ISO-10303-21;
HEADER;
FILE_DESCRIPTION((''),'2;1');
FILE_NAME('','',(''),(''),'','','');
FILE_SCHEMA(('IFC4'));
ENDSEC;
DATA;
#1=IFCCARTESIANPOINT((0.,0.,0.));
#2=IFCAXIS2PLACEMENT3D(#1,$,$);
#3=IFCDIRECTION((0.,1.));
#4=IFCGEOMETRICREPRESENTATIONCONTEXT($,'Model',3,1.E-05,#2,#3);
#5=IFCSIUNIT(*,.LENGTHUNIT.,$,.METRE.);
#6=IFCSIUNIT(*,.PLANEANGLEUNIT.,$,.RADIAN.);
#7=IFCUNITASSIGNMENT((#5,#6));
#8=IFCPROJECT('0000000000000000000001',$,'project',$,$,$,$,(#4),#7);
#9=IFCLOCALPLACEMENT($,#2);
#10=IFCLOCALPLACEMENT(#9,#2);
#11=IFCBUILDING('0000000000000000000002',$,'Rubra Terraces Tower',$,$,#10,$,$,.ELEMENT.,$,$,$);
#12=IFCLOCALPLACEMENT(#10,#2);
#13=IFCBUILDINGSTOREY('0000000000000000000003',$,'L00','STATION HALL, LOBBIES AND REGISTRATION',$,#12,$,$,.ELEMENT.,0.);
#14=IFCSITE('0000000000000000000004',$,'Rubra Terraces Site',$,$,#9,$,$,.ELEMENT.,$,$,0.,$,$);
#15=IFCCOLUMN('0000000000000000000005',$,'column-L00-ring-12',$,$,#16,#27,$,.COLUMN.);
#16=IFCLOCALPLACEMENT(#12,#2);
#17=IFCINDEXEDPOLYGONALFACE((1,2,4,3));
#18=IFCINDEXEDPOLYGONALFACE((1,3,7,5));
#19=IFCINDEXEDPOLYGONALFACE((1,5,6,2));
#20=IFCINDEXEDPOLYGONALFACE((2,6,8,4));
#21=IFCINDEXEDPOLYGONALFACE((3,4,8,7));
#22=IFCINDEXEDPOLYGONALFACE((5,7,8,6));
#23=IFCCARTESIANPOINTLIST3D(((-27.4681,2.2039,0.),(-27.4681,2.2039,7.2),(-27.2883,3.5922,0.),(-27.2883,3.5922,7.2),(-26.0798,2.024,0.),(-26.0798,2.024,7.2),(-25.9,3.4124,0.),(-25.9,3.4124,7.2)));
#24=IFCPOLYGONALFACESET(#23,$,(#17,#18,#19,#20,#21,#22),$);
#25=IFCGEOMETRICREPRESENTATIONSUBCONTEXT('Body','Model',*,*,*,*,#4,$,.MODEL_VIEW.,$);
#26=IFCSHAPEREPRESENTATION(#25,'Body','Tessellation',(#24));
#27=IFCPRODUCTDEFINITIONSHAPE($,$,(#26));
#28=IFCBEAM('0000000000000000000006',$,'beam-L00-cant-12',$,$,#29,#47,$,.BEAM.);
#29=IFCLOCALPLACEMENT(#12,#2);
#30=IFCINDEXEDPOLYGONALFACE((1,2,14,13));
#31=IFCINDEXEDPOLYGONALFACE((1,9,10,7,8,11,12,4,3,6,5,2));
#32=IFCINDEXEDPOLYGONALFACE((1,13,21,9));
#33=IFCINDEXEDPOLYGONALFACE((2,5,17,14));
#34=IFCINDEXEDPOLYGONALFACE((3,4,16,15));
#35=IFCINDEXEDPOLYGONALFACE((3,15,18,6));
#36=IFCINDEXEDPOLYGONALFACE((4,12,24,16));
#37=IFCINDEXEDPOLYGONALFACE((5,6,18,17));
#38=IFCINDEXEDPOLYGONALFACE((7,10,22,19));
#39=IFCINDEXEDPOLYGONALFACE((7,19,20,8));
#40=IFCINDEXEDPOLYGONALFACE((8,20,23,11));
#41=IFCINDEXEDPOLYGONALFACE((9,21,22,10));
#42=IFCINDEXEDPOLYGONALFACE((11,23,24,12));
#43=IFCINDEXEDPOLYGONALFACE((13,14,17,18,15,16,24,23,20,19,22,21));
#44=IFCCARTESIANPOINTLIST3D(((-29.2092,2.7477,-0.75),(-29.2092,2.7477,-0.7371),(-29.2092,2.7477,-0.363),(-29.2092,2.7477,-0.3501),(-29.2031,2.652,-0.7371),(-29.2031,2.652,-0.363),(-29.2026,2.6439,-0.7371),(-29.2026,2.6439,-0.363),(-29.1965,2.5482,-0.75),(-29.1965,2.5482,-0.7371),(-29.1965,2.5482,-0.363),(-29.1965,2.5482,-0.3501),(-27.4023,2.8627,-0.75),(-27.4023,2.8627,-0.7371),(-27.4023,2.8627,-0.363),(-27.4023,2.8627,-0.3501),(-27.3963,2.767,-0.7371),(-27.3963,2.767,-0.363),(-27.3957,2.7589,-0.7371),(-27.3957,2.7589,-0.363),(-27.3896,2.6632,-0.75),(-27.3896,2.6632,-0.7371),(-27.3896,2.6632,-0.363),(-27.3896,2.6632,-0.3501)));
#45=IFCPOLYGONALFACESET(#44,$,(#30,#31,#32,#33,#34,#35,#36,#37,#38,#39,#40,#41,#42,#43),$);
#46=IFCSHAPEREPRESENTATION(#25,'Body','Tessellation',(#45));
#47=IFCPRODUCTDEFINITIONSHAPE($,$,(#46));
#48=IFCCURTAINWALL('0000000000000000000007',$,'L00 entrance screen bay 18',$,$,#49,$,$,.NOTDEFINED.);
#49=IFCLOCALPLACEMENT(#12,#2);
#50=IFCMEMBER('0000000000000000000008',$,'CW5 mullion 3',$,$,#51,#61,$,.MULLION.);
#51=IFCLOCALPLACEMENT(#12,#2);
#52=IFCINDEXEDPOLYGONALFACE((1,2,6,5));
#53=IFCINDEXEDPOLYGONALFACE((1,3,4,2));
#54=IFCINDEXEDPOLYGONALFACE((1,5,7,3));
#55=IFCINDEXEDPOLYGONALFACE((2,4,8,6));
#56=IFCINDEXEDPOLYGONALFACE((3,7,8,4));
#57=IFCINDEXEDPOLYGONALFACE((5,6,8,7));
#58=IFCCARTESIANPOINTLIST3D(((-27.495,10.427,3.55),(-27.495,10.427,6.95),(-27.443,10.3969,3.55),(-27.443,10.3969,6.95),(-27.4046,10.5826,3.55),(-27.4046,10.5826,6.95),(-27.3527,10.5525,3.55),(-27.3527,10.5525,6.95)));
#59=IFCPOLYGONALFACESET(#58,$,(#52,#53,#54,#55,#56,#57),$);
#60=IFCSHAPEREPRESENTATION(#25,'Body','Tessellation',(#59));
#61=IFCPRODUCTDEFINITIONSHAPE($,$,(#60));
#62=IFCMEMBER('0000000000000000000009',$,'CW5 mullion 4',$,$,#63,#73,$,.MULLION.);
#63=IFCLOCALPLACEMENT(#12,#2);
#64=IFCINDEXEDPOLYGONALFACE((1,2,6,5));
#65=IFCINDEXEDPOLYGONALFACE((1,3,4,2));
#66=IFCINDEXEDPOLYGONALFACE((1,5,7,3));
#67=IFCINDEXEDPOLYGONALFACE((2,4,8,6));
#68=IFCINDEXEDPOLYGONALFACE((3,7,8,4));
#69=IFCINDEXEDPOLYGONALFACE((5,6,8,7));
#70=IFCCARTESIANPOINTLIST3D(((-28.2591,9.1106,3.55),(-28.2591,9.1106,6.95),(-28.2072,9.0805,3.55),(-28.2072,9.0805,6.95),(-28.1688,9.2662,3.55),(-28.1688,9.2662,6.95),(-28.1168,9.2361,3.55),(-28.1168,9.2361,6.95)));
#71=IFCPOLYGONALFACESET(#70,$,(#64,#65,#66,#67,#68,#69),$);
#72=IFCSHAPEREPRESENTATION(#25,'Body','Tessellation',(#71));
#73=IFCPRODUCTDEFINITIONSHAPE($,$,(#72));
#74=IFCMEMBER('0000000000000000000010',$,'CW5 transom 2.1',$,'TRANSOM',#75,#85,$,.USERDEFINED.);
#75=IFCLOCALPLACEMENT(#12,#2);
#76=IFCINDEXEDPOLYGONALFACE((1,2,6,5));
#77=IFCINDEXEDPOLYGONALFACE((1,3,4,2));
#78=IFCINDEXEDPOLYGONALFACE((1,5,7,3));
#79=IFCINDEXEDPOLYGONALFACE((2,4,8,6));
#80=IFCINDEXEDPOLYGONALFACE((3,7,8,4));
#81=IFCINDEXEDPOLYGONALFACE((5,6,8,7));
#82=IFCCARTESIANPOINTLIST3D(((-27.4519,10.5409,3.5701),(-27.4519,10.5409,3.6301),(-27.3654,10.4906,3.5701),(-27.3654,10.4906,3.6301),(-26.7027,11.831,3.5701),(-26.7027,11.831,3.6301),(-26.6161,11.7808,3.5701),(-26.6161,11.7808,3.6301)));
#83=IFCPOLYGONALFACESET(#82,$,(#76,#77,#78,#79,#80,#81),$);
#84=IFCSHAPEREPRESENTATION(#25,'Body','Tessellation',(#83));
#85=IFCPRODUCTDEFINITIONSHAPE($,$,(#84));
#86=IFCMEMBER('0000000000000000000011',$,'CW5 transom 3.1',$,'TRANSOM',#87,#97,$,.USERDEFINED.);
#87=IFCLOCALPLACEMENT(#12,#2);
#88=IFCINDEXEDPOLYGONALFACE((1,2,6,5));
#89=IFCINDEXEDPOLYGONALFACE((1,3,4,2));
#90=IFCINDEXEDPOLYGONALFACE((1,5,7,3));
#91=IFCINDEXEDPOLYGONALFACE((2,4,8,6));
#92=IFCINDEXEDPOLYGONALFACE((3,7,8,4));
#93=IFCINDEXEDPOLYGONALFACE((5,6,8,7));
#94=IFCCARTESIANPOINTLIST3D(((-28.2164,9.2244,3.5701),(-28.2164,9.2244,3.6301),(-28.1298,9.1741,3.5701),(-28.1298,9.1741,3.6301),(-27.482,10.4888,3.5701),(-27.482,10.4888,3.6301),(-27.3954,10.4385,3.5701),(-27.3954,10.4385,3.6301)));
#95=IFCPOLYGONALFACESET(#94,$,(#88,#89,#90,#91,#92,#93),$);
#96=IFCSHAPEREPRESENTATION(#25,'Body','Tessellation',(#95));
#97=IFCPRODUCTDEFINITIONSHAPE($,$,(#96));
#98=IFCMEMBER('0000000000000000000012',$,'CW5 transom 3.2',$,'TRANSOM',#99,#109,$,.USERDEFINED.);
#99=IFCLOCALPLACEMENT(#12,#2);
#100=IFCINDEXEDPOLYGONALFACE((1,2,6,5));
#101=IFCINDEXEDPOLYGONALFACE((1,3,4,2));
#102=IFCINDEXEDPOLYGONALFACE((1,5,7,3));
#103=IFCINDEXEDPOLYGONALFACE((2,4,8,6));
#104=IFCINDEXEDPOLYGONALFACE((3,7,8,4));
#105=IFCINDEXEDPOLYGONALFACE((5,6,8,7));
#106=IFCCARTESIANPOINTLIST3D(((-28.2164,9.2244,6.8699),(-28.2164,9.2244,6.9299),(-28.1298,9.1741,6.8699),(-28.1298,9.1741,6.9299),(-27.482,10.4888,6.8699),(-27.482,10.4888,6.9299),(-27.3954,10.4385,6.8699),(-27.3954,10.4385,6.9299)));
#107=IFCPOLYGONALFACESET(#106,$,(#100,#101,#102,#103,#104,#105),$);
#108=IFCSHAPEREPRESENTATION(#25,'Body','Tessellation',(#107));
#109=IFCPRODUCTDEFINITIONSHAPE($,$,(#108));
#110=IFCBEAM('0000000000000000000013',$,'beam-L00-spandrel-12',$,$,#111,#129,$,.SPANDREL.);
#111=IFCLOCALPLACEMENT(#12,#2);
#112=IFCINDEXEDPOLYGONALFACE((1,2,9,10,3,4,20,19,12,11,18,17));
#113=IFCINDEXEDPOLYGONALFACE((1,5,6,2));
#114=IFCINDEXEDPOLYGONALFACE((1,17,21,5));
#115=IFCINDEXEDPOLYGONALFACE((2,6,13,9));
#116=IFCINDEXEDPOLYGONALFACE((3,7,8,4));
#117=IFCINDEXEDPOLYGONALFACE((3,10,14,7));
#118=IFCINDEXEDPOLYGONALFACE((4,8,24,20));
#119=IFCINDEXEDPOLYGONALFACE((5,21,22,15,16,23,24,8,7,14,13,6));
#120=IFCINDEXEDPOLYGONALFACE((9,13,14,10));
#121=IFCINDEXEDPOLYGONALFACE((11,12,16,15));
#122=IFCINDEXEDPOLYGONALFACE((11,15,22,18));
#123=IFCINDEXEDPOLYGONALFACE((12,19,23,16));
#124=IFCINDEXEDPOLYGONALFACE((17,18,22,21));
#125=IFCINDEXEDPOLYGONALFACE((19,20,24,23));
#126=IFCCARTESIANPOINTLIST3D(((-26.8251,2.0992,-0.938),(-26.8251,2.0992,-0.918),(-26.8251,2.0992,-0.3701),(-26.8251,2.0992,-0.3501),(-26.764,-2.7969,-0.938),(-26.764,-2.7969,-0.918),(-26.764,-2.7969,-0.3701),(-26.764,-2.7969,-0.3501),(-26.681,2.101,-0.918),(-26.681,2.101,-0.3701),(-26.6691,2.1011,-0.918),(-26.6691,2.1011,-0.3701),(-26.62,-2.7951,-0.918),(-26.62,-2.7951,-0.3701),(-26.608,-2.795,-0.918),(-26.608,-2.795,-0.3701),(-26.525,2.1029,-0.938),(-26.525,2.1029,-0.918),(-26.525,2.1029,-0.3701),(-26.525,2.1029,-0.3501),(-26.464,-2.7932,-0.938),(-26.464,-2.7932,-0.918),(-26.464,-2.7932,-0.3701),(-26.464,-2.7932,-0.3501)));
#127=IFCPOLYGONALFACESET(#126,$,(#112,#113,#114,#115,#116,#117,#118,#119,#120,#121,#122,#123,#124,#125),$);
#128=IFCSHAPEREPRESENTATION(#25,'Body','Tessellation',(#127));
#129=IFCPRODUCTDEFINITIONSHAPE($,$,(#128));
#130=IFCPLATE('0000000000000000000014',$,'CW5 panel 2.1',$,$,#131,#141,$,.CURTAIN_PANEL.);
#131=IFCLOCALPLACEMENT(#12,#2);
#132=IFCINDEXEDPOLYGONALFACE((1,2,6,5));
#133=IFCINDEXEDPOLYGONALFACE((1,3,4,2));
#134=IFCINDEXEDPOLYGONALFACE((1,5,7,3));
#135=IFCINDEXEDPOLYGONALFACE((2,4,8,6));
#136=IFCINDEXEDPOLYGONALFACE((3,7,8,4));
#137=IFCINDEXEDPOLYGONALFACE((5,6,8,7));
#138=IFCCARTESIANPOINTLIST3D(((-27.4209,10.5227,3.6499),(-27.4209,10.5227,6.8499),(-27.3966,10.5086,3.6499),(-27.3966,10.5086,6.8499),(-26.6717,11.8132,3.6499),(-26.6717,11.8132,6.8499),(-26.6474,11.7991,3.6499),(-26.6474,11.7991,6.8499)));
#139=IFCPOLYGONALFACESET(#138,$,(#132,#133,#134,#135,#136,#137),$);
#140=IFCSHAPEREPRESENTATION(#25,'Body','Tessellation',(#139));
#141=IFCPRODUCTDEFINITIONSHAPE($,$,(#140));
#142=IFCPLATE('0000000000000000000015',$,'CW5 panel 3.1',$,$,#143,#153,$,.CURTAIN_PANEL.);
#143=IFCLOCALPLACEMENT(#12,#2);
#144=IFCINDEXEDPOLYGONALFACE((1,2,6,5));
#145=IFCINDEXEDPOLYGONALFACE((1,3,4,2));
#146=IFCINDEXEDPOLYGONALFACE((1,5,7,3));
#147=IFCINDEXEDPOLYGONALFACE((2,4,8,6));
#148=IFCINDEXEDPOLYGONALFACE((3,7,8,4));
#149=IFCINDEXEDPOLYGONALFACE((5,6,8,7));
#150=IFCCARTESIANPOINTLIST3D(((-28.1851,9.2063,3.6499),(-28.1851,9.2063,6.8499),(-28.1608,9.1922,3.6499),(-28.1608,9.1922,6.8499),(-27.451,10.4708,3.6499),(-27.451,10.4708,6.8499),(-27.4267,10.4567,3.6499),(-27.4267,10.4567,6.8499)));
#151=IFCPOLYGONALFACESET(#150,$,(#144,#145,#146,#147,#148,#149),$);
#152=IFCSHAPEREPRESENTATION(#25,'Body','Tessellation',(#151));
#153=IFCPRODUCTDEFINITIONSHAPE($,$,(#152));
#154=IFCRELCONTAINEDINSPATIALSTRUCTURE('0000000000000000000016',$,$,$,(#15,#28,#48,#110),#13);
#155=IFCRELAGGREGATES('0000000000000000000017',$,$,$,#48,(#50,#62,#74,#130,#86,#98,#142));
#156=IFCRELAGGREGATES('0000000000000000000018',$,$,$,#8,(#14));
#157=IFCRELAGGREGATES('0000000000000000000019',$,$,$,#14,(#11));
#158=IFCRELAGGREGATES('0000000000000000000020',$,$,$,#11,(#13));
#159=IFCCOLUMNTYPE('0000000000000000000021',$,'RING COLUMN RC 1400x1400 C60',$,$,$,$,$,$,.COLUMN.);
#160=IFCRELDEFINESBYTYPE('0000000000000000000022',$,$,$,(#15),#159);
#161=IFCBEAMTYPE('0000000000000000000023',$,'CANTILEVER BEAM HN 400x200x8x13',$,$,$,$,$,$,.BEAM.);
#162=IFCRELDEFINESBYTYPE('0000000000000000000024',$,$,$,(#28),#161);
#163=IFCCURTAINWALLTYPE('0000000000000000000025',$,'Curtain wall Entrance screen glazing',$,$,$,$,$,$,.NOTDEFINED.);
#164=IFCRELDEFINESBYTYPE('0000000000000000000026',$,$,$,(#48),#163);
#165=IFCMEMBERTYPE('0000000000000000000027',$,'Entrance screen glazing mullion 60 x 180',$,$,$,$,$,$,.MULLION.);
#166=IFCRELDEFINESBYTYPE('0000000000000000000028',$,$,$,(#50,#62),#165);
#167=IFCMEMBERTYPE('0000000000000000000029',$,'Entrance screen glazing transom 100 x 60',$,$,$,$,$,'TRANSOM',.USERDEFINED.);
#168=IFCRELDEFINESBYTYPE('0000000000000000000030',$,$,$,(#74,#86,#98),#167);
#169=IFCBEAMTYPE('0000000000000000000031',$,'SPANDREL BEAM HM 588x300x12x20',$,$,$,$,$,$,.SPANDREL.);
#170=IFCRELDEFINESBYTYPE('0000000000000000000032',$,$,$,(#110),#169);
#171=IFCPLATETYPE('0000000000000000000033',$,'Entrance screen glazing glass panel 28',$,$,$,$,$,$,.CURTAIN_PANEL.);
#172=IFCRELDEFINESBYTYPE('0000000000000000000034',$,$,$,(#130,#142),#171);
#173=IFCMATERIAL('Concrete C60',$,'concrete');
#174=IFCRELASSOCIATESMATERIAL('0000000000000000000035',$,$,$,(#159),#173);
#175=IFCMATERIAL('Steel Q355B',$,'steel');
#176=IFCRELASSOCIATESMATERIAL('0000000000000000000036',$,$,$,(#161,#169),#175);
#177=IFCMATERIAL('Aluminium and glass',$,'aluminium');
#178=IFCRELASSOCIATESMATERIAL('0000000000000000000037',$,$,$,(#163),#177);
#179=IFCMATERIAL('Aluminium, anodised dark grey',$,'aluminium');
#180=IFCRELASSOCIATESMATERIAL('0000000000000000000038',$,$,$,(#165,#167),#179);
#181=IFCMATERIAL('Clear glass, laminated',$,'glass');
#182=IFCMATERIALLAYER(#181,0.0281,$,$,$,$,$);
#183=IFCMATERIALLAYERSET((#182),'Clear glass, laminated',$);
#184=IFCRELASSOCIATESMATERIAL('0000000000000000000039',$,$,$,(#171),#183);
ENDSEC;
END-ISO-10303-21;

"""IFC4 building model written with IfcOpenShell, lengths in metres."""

from ifc_helpers import new_model, si_unit, direction, frame, origin, origin_2d, place, context, subcontext, project, spatial, rectangle, i_section, extrude, material, layer, layer_set, material_profile, profile_set, type_object, element, aggregate, save


model = new_model("IFC4")

# Units and contexts
model_context = context("Model", 3, precision=1e-05, world=origin(), true_north=direction((0.0, 1.0)))
body_context = subcontext(model_context, "Body", "Model", "MODEL_VIEW")
ifc_project = project(units=[si_unit("LENGTHUNIT", "METRE"), si_unit("PLANEANGLEUNIT", "RADIAN")], contexts=[model_context])

# Site, building, storey
site_placement = place(None, origin())
site = spatial("IfcSite", under=ifc_project, at=site_placement, Name="Rubra Terraces Site", CompositionType="ELEMENT", RefElevation=0.0)
building_placement = place(site_placement, origin())
building = spatial("IfcBuilding", under=site, at=building_placement, Name="Rubra Terraces Tower", CompositionType="ELEMENT")
storey_placement = place(building_placement, origin())
storey = spatial("IfcBuildingStorey", under=building, at=storey_placement, Name="L00", Description="STATION HALL, LOBBIES AND REGISTRATION", CompositionType="ELEMENT", Elevation=0.0)

# Column
ifc_material_1 = material(Name="Concrete C60", Category="concrete")
ifc_material_profile_1 = material_profile(ifc_material_1, rectangle(XDim=1.3999, YDim=1.3999, at=origin_2d()), Name="RC 1400x1400")
ifc_profile_set_1 = profile_set([ifc_material_profile_1], Name="Concrete C60")
column_type = type_object("IfcColumnType", Name="RING COLUMN RC 1400x1400 C60", PredefinedType="COLUMN", material=ifc_profile_set_1)
column_placement = place(storey_placement, frame((-26.6841, 2.8081, 0.0), z_axis=(0.0, 0.0, 1.0), x_axis=(-0.128445, -0.991717, 0.0)))
element("IfcColumn", 1, at=column_placement, inside=storey, type_object=column_type, Name="column-L00-ring-12", PredefinedType="COLUMN", context=body_context, shape_type="SweptSolid", body=[
    extrude(rectangle(XDim=1.3999, YDim=1.3999, at=origin_2d()), origin(), (0.0, 0.0, 1.0), 7.2),
])

# Beam
ifc_material_2 = material(Name="Steel Q355B", Category="steel")
ifc_material_profile_2 = material_profile(ifc_material_2, i_section(OverallWidth=0.2, OverallDepth=0.3999, WebThickness=0.0081, FlangeThickness=0.0129, at=origin_2d()), Name="HN 400x200x8x13")
ifc_profile_set_2 = profile_set([ifc_material_profile_2], Name="Steel Q355B")
beam_type_1 = type_object("IfcBeamType", Name="CANTILEVER BEAM HN 400x200x8x13", PredefinedType="BEAM", material=ifc_profile_set_2)
beam_1_placement = place(storey_placement, frame((-27.396, 2.7629, -0.55), z_axis=(-0.997981, -0.063512, 0.0), x_axis=(0.063512, -0.997981, 0.0)))
element("IfcBeam", 2, at=beam_1_placement, inside=storey, type_object=beam_type_1, Name="beam-L00-cant-12", PredefinedType="BEAM", context=body_context, shape_type="SweptSolid", body=[
    extrude(i_section(OverallWidth=0.2, OverallDepth=0.3999, WebThickness=0.0081, FlangeThickness=0.0129, at=origin_2d()), origin(), (0.0, 0.0, 1.0), 1.8105),
])

# Curtain wall, members
ifc_material_3 = material(Name="Aluminium and glass", Category="aluminium")
curtain_wall_type = type_object("IfcCurtainWallType", Name="Curtain wall Entrance screen glazing", PredefinedType="NOTDEFINED", material=ifc_material_3)
curtain_wall_placement = place(storey_placement, origin())
curtain_wall = element("IfcCurtainWall", 3, at=curtain_wall_placement, inside=storey, type_object=curtain_wall_type, Name="L00 entrance screen bay 18", PredefinedType="NOTDEFINED")
ifc_material_4 = material(Name="Aluminium, anodised dark grey", Category="aluminium")
ifc_material_profile_3 = material_profile(ifc_material_4, rectangle(XDim=0.0601, YDim=0.1799, at=origin_2d()), Name="AL 60x180")
ifc_profile_set_3 = profile_set([ifc_material_profile_3], Name="Aluminium, anodised dark grey")
member_type_1 = type_object("IfcMemberType", Name="Entrance screen glazing mullion 60 x 180", PredefinedType="MULLION", material=ifc_profile_set_3)
member_1_placement = place(storey_placement, frame((-27.4238, 10.4897, 3.55), z_axis=(0.0, 0.0, 1.0), x_axis=(0.864813, -0.502094, 0.0)))
member_1 = element("IfcMember", 4, at=member_1_placement, type_object=member_type_1, Name="CW5 mullion 3", PredefinedType="MULLION", context=body_context, shape_type="SweptSolid", body=[
    extrude(rectangle(XDim=0.0601, YDim=0.1799, at=origin_2d()), origin(), (0.0, 0.0, 1.0), 3.3999),
])
member_2_placement = place(storey_placement, frame((-28.188, 9.1733, 3.55), z_axis=(0.0, 0.0, 1.0), x_axis=(0.864813, -0.502094, 0.0)))
member_2 = element("IfcMember", 5, at=member_2_placement, type_object=member_type_1, Name="CW5 mullion 4", PredefinedType="MULLION", context=body_context, shape_type="SweptSolid", body=[
    extrude(rectangle(XDim=0.0601, YDim=0.1799, at=origin_2d()), origin(), (0.0, 0.0, 1.0), 3.3999),
])
ifc_material_profile_4 = material_profile(ifc_material_4, rectangle(XDim=0.1001, YDim=0.0601, at=origin_2d()), Name="AL 100x60")
ifc_profile_set_4 = profile_set([ifc_material_profile_4], Name="Aluminium, anodised dark grey")
member_type_2 = type_object("IfcMemberType", Name="Entrance screen glazing transom 100 x 60", ElementType="TRANSOM", PredefinedType="USERDEFINED", material=ifc_profile_set_4)
member_3_placement = place(storey_placement, frame((-26.6594, 11.8059, 3.6001), z_axis=(-0.502171, -0.864768, 0.0), x_axis=(0.864768, -0.502171, 0.0)))
member_3 = element("IfcMember", 6, at=member_3_placement, type_object=member_type_2, Name="CW5 transom 2.1", ObjectType="TRANSOM", PredefinedType="USERDEFINED", context=body_context, shape_type="SweptSolid", body=[
    extrude(rectangle(XDim=0.1001, YDim=0.0601, at=origin_2d()), origin(), (0.0, 0.0, 1.0), 1.4919),
])
member_4_placement = place(storey_placement, frame((-27.4387, 10.4636, 3.6001), z_axis=(-0.50224, -0.864728, 0.0), x_axis=(0.864728, -0.50224, 0.0)))
member_4 = element("IfcMember", 7, at=member_4_placement, type_object=member_type_2, Name="CW5 transom 3.1", ObjectType="TRANSOM", PredefinedType="USERDEFINED", context=body_context, shape_type="SweptSolid", body=[
    extrude(rectangle(XDim=0.1001, YDim=0.0601, at=origin_2d()), origin(), (0.0, 0.0, 1.0), 1.4622),
])
member_5_placement = place(storey_placement, frame((-27.4387, 10.4636, 6.8999), z_axis=(-0.50224, -0.864728, 0.0), x_axis=(0.864728, -0.50224, 0.0)))
member_5 = element("IfcMember", 8, at=member_5_placement, type_object=member_type_2, Name="CW5 transom 3.2", ObjectType="TRANSOM", PredefinedType="USERDEFINED", context=body_context, shape_type="SweptSolid", body=[
    extrude(rectangle(XDim=0.1001, YDim=0.0601, at=origin_2d()), origin(), (0.0, 0.0, 1.0), 1.4622),
])

# Beam
ifc_material_profile_5 = material_profile(ifc_material_2, i_section(OverallWidth=0.3, OverallDepth=0.5879, WebThickness=0.012, FlangeThickness=0.02, at=origin_2d()), Name="HM 588x300x12x20")
ifc_profile_set_5 = profile_set([ifc_material_profile_5], Name="Steel Q355B")
beam_type_2 = type_object("IfcBeamType", Name="SPANDREL BEAM HM 588x300x12x20", PredefinedType="SPANDREL", material=ifc_profile_set_5)
beam_2_placement = place(storey_placement, frame((-26.675, 2.1011, -0.644), z_axis=(0.012465, -0.999922, 0.0), x_axis=(0.999922, 0.012465, 0.0)))
element("IfcBeam", 9, at=beam_2_placement, inside=storey, type_object=beam_type_2, Name="beam-L00-spandrel-12", PredefinedType="SPANDREL", context=body_context, shape_type="SweptSolid", body=[
    extrude(i_section(OverallWidth=0.3, OverallDepth=0.5879, WebThickness=0.012, FlangeThickness=0.02, at=origin_2d()), origin(), (0.0, 0.0, 1.0), 4.8965),
])

# Plates
ifc_material_5 = material(Name="Clear glass, laminated", Category="glass")
ifc_layer_1 = layer(ifc_material_5, 0.0281)
ifc_layer_set_1 = layer_set([ifc_layer_1], Name="Clear glass, laminated")
plate_type = type_object("IfcPlateType", Name="Entrance screen glazing glass panel 28", PredefinedType="CURTAIN_PANEL", material=ifc_layer_set_1)
plate_1_placement = place(storey_placement, frame((-27.0342, 11.1609, 3.6499), z_axis=(0.0, 0.0, 1.0), x_axis=(-0.502094, -0.864813, 0.0)))
plate_1 = element("IfcPlate", 10, at=plate_1_placement, type_object=plate_type, Name="CW5 panel 2.1", PredefinedType="CURTAIN_PANEL", context=body_context, shape_type="SweptSolid", body=[
    extrude(rectangle(XDim=1.4922, YDim=0.0281, at=origin_2d()), origin(), (0.0, 0.0, 1.0), 3.2),
])
plate_2_placement = place(storey_placement, frame((-27.8059, 9.8315, 3.6499), z_axis=(0.0, 0.0, 1.0), x_axis=(-0.502094, -0.864813, 0.0)))
plate_2 = element("IfcPlate", 11, at=plate_2_placement, type_object=plate_type, Name="CW5 panel 3.1", PredefinedType="CURTAIN_PANEL", context=body_context, shape_type="SweptSolid", body=[
    extrude(rectangle(XDim=1.4622, YDim=0.0281, at=origin_2d()), origin(), (0.0, 0.0, 1.0), 3.2),
])
aggregate(curtain_wall, [member_1, member_2, member_3, plate_1, member_4, member_5, plate_2])

save(model, "model.ifc")
